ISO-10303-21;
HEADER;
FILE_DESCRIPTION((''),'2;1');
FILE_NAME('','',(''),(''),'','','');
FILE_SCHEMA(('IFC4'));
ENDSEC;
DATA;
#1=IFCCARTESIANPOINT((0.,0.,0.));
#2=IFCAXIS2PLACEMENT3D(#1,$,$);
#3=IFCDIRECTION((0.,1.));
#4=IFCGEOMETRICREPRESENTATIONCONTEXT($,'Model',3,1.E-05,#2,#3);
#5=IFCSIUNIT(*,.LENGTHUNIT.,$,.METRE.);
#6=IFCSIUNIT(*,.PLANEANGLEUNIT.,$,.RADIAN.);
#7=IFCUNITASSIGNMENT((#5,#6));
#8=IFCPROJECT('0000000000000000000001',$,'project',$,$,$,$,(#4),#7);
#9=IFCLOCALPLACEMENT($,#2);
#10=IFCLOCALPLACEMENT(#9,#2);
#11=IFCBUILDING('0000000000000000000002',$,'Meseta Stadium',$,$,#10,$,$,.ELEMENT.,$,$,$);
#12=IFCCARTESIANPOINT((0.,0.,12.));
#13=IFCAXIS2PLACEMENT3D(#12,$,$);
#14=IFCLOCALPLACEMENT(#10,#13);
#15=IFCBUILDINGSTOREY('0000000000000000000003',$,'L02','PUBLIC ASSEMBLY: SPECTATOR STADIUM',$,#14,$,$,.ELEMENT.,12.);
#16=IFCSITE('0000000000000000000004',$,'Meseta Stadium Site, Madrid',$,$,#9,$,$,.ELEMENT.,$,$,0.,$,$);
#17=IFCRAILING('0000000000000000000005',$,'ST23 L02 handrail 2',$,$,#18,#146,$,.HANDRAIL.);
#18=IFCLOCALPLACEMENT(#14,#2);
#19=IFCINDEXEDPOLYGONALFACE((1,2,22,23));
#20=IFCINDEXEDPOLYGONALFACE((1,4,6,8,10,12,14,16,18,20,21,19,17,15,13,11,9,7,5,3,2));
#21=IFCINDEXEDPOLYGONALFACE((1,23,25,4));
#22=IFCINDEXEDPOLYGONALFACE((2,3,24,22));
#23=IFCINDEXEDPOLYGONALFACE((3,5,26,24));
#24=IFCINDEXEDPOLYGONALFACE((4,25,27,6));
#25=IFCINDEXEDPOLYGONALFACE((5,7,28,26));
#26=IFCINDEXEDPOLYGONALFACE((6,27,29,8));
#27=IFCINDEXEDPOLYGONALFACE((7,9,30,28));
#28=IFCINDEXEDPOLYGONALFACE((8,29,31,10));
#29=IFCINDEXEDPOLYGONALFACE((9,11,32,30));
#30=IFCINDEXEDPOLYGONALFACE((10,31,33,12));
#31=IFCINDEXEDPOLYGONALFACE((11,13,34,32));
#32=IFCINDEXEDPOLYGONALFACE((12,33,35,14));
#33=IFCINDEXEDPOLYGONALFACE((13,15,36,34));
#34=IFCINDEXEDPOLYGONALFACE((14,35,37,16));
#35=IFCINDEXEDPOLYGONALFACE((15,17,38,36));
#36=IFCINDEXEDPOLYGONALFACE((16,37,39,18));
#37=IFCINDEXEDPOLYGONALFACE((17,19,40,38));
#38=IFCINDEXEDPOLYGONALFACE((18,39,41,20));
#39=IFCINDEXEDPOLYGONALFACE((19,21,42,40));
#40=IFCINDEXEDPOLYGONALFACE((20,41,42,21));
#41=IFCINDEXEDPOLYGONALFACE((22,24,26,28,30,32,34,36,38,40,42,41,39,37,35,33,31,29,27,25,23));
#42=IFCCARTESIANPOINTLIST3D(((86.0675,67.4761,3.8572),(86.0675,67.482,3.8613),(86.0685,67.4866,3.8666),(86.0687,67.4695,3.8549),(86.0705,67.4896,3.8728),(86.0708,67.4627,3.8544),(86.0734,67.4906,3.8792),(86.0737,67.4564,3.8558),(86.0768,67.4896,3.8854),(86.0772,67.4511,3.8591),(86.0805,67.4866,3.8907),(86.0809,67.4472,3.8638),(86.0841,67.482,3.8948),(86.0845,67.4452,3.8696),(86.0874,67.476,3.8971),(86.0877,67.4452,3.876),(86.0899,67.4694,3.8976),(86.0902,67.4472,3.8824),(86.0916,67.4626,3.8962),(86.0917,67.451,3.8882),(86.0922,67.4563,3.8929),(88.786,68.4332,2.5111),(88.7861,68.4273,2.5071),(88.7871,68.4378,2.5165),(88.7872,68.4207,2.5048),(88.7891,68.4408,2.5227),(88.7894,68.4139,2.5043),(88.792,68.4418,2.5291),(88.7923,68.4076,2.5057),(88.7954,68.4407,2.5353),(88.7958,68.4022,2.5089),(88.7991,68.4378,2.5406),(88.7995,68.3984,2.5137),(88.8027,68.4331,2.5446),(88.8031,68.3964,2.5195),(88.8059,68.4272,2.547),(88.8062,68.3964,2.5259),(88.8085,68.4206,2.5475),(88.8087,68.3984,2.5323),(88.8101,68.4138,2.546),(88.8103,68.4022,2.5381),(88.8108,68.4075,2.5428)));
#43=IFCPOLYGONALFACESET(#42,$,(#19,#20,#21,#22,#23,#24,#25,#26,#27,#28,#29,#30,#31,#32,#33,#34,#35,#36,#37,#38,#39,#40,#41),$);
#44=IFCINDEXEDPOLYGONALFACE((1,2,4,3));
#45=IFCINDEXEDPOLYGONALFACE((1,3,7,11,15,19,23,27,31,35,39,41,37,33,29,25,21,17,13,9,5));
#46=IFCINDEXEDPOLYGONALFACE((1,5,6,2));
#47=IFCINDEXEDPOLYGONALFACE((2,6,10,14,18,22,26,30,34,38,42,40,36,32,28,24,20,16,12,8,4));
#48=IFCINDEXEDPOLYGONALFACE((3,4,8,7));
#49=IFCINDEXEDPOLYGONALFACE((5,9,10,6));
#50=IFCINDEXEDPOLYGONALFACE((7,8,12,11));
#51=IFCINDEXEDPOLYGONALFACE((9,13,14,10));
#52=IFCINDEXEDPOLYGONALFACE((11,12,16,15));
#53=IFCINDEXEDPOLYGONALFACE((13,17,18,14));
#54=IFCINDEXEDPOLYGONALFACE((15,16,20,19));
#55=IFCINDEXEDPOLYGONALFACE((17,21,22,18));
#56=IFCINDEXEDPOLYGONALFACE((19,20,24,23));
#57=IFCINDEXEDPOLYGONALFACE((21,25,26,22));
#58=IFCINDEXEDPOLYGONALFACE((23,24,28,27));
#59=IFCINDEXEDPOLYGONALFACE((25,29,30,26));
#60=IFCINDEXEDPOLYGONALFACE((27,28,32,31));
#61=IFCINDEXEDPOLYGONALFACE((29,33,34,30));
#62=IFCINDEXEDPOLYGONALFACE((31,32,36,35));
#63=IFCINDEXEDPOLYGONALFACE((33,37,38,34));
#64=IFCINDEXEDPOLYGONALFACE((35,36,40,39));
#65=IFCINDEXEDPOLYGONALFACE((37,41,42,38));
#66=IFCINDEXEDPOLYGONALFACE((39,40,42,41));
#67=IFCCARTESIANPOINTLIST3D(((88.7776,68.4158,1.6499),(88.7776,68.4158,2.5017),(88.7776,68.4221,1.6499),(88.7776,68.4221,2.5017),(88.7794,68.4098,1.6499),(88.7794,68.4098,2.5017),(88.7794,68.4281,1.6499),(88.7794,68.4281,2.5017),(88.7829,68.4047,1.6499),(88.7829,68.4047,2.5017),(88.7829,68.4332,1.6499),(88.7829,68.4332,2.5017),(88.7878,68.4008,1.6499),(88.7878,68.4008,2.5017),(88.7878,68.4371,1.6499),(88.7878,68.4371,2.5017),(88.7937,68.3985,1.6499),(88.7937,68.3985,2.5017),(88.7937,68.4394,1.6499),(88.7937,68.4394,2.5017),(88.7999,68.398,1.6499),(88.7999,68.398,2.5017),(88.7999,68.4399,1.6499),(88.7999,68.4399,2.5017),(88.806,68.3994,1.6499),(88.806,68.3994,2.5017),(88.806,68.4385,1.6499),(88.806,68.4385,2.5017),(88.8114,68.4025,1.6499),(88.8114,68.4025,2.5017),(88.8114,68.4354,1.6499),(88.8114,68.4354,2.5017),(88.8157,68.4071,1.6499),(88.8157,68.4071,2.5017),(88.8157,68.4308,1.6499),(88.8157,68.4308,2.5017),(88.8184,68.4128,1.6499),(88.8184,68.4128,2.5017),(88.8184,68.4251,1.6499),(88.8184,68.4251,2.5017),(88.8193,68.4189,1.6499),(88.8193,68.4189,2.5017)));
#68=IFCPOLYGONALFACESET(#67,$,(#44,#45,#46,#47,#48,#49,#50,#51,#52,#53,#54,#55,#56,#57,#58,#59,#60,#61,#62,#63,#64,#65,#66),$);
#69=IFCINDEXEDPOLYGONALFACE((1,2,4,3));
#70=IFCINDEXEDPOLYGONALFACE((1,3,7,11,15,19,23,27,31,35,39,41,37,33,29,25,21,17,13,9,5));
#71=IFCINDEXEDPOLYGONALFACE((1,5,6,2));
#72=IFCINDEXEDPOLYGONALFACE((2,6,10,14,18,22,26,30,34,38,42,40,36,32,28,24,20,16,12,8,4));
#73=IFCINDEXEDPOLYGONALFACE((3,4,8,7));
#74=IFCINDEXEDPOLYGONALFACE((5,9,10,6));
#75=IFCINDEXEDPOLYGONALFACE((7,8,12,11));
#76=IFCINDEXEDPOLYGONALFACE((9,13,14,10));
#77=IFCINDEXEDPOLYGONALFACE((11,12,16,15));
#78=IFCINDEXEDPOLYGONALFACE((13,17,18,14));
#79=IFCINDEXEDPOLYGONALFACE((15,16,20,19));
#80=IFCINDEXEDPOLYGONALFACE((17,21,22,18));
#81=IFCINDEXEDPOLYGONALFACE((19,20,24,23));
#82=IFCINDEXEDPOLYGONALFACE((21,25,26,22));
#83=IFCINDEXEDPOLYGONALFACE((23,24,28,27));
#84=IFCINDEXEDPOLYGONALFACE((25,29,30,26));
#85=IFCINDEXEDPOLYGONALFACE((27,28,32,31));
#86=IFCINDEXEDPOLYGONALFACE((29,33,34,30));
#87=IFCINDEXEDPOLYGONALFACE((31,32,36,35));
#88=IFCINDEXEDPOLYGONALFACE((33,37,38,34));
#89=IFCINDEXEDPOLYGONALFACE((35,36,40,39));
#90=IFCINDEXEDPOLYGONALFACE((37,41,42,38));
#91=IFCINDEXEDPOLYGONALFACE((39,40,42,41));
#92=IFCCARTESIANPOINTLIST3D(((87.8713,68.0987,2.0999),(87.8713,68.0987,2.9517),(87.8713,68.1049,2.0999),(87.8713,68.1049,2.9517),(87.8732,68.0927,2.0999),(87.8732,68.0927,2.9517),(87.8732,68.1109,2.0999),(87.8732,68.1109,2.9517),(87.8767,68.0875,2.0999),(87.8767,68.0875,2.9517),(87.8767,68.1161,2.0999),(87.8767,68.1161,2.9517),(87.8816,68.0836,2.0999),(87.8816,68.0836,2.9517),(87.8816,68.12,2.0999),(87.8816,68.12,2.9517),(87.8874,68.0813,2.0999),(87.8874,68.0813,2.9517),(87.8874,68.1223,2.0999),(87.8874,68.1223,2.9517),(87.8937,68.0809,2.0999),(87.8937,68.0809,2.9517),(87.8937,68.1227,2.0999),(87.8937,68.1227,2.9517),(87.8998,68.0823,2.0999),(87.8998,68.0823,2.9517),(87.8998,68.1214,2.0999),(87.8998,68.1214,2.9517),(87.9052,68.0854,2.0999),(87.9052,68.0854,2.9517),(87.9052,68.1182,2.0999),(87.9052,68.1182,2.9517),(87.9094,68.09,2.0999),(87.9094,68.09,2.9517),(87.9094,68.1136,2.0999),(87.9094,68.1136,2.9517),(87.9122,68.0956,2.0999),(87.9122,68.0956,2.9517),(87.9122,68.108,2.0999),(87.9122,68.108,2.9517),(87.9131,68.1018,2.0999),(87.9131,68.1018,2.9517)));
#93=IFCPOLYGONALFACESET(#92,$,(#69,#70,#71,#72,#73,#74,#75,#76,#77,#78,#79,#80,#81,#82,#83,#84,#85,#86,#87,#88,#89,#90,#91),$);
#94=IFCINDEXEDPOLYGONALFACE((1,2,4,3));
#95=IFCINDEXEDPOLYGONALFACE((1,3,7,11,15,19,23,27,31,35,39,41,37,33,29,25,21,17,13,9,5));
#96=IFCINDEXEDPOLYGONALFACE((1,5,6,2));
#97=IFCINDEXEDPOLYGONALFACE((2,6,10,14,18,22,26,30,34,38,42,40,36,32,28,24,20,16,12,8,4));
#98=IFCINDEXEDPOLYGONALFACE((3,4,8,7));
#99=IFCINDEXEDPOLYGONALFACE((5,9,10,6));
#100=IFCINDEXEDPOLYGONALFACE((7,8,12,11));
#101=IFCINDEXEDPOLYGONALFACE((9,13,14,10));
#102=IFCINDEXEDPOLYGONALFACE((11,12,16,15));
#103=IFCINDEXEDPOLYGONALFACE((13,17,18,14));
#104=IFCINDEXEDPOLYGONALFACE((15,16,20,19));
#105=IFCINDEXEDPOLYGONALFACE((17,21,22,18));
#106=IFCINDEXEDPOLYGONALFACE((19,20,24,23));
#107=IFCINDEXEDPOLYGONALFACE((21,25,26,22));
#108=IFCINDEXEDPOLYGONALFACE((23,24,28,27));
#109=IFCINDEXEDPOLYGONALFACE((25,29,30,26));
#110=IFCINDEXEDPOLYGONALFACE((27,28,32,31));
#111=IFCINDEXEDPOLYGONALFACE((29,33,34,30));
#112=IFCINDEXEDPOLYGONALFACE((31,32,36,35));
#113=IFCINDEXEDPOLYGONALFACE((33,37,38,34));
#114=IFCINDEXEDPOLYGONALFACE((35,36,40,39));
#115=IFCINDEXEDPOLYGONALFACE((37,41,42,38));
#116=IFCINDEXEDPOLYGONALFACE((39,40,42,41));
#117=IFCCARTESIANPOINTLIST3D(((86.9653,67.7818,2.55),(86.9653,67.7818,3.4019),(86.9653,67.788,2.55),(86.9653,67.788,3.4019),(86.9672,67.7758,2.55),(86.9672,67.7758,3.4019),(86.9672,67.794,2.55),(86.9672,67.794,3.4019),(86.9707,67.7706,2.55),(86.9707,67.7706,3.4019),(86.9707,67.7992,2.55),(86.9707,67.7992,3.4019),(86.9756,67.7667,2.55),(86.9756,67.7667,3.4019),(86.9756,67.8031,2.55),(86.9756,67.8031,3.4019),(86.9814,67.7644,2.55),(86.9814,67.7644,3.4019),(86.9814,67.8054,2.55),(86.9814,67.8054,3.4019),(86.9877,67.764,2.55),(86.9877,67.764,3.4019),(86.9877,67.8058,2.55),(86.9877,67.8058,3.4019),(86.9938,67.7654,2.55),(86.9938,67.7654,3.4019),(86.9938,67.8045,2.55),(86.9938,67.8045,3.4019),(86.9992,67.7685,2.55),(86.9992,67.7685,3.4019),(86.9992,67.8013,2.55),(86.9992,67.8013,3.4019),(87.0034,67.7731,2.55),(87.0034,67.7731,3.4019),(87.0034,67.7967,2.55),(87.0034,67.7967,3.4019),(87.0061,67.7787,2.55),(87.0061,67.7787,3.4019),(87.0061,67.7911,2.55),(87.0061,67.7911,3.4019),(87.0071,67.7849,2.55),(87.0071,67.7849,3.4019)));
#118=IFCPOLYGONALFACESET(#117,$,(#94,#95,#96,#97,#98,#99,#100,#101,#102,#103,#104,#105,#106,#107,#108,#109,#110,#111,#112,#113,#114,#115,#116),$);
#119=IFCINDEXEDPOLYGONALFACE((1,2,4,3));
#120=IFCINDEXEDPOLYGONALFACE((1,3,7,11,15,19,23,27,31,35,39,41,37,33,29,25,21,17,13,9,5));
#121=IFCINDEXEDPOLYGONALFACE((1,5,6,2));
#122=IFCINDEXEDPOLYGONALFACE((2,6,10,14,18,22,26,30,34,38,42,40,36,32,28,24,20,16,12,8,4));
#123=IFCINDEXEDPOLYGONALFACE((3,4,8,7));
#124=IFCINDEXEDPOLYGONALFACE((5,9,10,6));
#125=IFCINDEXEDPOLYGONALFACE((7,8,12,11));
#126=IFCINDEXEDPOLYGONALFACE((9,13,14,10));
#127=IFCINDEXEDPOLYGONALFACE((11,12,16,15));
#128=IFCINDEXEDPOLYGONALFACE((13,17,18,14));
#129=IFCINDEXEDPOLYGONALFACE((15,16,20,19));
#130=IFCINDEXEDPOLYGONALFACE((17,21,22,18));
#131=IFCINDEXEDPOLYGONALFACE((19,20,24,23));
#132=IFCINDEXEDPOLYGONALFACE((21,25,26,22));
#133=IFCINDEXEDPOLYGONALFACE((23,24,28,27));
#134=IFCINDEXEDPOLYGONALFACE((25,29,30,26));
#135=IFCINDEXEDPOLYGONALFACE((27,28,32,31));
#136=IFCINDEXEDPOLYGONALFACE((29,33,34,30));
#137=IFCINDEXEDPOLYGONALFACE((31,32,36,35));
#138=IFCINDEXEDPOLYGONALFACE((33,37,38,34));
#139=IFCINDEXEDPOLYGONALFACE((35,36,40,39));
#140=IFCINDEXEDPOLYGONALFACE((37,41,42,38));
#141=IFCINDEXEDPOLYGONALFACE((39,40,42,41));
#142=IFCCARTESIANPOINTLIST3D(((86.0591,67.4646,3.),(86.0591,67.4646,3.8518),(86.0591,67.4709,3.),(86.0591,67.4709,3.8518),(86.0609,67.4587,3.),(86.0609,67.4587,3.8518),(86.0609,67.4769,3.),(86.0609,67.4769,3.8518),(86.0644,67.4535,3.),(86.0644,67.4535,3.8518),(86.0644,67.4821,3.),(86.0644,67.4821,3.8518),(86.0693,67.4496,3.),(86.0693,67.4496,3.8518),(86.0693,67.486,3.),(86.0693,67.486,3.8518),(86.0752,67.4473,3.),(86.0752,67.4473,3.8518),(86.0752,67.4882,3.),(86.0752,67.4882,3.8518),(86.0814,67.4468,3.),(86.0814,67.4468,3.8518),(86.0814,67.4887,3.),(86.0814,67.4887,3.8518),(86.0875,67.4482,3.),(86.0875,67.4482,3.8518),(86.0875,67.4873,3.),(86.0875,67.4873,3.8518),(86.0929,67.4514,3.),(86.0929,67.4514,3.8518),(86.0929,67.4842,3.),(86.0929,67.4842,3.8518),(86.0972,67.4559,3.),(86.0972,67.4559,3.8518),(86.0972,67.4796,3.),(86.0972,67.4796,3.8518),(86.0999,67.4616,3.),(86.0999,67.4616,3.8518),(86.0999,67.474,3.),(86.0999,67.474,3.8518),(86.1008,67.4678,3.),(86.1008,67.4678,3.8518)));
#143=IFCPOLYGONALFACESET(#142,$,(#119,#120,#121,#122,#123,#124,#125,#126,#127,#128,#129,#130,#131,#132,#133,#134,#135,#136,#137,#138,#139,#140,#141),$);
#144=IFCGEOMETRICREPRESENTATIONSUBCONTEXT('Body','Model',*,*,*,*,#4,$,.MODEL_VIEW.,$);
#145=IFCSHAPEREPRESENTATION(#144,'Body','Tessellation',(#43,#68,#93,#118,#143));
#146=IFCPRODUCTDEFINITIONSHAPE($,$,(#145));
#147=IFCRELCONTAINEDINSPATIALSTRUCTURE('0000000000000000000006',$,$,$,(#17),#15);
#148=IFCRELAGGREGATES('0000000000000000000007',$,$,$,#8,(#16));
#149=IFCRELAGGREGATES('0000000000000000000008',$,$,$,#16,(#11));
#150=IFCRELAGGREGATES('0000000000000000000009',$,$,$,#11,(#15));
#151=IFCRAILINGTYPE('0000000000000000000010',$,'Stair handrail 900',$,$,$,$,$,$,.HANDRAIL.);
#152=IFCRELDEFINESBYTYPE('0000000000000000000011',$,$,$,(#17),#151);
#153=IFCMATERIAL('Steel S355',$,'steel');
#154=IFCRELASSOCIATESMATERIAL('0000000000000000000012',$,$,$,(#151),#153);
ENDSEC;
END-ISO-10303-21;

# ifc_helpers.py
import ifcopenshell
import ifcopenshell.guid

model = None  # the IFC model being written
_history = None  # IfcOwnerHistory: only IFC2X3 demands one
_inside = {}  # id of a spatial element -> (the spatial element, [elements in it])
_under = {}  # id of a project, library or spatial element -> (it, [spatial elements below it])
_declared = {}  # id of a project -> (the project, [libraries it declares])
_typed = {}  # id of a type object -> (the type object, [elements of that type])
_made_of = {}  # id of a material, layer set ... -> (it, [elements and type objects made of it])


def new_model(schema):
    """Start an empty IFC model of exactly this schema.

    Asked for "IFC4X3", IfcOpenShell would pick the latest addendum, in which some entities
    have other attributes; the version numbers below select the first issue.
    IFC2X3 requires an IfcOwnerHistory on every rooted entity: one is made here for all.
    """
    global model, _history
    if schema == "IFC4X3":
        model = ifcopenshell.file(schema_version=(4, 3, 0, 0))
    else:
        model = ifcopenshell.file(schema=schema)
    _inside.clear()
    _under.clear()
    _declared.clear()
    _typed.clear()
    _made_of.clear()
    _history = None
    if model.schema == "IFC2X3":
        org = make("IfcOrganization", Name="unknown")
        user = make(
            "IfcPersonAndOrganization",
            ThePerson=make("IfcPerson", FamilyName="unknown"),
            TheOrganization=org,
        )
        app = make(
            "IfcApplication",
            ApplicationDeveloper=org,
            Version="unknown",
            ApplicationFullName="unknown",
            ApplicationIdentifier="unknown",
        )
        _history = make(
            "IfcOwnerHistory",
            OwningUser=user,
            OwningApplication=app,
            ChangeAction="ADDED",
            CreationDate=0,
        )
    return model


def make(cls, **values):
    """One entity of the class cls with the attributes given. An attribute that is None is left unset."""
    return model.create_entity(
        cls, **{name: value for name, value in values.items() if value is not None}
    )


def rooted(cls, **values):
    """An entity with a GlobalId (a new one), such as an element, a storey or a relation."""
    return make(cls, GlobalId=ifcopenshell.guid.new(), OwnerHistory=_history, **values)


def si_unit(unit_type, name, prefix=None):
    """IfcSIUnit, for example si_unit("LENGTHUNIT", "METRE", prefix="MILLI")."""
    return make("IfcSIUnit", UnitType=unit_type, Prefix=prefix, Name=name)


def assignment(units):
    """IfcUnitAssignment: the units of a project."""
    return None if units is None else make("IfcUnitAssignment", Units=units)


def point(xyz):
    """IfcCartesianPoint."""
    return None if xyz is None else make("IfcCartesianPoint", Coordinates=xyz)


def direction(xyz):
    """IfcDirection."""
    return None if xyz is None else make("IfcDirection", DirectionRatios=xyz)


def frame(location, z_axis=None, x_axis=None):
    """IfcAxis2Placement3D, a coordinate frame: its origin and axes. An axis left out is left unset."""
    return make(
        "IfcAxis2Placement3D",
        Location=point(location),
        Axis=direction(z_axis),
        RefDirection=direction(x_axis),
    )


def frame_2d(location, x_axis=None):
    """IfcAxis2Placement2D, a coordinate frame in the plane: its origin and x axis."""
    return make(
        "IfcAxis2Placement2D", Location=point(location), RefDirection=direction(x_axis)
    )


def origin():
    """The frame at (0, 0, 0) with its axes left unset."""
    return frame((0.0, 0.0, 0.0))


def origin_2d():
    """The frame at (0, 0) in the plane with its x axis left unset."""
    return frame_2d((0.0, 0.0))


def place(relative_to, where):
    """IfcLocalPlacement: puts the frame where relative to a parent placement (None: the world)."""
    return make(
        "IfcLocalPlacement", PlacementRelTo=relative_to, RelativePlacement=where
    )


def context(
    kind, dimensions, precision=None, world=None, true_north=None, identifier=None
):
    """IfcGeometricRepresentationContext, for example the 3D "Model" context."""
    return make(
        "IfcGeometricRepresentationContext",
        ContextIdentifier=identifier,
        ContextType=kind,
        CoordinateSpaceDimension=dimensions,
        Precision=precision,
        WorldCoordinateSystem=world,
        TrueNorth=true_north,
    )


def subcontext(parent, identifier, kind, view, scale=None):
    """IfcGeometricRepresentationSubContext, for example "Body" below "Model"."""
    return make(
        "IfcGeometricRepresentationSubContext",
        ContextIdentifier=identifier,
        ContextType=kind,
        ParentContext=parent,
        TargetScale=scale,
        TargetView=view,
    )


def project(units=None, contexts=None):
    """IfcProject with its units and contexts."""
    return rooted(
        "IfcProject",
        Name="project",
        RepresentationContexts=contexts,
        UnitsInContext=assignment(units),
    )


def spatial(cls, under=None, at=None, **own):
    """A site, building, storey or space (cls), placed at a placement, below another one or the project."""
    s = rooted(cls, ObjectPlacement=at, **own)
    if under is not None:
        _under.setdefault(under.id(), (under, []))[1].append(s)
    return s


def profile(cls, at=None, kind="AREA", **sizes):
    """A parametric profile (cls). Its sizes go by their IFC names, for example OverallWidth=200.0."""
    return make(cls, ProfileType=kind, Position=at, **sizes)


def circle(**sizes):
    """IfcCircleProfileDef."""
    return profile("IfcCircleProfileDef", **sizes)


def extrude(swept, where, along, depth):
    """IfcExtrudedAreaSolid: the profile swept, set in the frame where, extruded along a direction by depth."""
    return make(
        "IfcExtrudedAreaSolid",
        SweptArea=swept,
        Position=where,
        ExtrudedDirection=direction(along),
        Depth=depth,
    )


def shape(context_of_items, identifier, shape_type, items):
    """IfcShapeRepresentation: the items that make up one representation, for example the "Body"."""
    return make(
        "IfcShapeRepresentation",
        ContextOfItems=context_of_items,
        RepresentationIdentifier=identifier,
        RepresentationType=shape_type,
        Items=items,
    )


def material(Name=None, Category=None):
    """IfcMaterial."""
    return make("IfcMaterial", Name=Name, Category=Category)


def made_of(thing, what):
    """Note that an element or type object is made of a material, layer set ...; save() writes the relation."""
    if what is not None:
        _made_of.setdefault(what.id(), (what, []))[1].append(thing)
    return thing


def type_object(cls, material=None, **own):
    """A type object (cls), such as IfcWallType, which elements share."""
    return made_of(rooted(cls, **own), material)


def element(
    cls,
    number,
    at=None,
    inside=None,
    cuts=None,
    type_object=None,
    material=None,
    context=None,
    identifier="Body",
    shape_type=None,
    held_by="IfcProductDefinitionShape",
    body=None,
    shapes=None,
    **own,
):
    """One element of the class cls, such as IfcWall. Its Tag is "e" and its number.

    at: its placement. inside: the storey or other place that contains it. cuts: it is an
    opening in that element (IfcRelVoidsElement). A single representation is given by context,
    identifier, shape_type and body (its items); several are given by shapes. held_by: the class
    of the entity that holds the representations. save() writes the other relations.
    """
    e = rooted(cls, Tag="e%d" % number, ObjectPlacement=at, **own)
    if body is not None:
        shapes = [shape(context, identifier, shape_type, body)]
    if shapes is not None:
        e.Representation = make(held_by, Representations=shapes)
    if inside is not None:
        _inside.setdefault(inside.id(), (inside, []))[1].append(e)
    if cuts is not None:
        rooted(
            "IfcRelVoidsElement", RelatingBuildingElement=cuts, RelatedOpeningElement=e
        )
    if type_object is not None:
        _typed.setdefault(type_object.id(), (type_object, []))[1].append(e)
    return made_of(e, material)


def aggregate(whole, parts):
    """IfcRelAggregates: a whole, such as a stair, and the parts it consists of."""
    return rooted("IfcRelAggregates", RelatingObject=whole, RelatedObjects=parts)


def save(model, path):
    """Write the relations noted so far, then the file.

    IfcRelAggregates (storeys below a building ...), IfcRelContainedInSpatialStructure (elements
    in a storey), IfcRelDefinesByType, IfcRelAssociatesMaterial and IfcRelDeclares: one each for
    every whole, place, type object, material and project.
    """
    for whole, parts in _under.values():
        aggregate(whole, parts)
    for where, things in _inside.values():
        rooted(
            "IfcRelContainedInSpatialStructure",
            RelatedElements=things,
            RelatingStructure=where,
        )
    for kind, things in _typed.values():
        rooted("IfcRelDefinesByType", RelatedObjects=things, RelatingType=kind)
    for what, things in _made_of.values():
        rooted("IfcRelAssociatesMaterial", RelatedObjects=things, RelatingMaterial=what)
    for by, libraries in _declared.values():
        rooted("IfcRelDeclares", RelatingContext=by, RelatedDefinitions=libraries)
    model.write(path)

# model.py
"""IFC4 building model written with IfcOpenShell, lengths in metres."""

from ifc_helpers import new_model, si_unit, direction, frame, origin, origin_2d, place, context, subcontext, project, spatial, circle, extrude, material, type_object, element, save


model = new_model("IFC4")

# Units and contexts
model_context = context("Model", 3, precision=1e-05, world=origin(), true_north=direction((0.0, 1.0)))
body_context = subcontext(model_context, "Body", "Model", "MODEL_VIEW")
ifc_project = project(units=[si_unit("LENGTHUNIT", "METRE"), si_unit("PLANEANGLEUNIT", "RADIAN")], contexts=[model_context])

# Site, building, storey
site_placement = place(None, origin())
site = spatial("IfcSite", under=ifc_project, at=site_placement, Name="Meseta Stadium Site, Madrid", CompositionType="ELEMENT", RefElevation=0.0)
building_placement = place(site_placement, origin())
building = spatial("IfcBuilding", under=site, at=building_placement, Name="Meseta Stadium", CompositionType="ELEMENT")
storey_placement = place(building_placement, frame((0.0, 0.0, 12.0)))
storey = spatial("IfcBuildingStorey", under=building, at=storey_placement, Name="L02", Description="PUBLIC ASSEMBLY: SPECTATOR STADIUM", CompositionType="ELEMENT", Elevation=12.0)

# Railing
ifc_material_1 = material(Name="Steel S355", Category="steel")
railing_type_1 = type_object("IfcRailingType", Name="Stair handrail 900", PredefinedType="HANDRAIL", material=ifc_material_1)
railing_1_placement = place(storey_placement, frame((88.7983, 68.4189, 1.6499)))
element("IfcRailing", 1, at=railing_1_placement, inside=storey, type_object=railing_type_1, Name="ST23 L02 handrail 2", PredefinedType="HANDRAIL", context=body_context, shape_type="SweptSolid", body=[
    extrude(circle(Radius=0.0239, at=origin_2d()), frame((0.0, 0.0, 0.876), z_axis=(-0.854649, -0.299031, 0.424446), x_axis=(0.330256, -0.943891, 0.0)), (0.0, 0.0, 1.0), 3.1809),
    extrude(circle(Radius=0.021, at=origin_2d()), origin(), (0.0, 0.0, 1.0), 0.8518),
    extrude(circle(Radius=0.021, at=origin_2d()), frame((-0.9062, -0.3171, 0.45)), (0.0, 0.0, 1.0), 0.8518),
    extrude(circle(Radius=0.021, at=origin_2d()), frame((-1.8123, -0.634, 0.9001)), (0.0, 0.0, 1.0), 0.8518),
    extrude(circle(Radius=0.021, at=origin_2d()), frame((-2.7185, -0.9512, 1.3501)), (0.0, 0.0, 1.0), 0.8518),
])

save(model, "model.ifc")
